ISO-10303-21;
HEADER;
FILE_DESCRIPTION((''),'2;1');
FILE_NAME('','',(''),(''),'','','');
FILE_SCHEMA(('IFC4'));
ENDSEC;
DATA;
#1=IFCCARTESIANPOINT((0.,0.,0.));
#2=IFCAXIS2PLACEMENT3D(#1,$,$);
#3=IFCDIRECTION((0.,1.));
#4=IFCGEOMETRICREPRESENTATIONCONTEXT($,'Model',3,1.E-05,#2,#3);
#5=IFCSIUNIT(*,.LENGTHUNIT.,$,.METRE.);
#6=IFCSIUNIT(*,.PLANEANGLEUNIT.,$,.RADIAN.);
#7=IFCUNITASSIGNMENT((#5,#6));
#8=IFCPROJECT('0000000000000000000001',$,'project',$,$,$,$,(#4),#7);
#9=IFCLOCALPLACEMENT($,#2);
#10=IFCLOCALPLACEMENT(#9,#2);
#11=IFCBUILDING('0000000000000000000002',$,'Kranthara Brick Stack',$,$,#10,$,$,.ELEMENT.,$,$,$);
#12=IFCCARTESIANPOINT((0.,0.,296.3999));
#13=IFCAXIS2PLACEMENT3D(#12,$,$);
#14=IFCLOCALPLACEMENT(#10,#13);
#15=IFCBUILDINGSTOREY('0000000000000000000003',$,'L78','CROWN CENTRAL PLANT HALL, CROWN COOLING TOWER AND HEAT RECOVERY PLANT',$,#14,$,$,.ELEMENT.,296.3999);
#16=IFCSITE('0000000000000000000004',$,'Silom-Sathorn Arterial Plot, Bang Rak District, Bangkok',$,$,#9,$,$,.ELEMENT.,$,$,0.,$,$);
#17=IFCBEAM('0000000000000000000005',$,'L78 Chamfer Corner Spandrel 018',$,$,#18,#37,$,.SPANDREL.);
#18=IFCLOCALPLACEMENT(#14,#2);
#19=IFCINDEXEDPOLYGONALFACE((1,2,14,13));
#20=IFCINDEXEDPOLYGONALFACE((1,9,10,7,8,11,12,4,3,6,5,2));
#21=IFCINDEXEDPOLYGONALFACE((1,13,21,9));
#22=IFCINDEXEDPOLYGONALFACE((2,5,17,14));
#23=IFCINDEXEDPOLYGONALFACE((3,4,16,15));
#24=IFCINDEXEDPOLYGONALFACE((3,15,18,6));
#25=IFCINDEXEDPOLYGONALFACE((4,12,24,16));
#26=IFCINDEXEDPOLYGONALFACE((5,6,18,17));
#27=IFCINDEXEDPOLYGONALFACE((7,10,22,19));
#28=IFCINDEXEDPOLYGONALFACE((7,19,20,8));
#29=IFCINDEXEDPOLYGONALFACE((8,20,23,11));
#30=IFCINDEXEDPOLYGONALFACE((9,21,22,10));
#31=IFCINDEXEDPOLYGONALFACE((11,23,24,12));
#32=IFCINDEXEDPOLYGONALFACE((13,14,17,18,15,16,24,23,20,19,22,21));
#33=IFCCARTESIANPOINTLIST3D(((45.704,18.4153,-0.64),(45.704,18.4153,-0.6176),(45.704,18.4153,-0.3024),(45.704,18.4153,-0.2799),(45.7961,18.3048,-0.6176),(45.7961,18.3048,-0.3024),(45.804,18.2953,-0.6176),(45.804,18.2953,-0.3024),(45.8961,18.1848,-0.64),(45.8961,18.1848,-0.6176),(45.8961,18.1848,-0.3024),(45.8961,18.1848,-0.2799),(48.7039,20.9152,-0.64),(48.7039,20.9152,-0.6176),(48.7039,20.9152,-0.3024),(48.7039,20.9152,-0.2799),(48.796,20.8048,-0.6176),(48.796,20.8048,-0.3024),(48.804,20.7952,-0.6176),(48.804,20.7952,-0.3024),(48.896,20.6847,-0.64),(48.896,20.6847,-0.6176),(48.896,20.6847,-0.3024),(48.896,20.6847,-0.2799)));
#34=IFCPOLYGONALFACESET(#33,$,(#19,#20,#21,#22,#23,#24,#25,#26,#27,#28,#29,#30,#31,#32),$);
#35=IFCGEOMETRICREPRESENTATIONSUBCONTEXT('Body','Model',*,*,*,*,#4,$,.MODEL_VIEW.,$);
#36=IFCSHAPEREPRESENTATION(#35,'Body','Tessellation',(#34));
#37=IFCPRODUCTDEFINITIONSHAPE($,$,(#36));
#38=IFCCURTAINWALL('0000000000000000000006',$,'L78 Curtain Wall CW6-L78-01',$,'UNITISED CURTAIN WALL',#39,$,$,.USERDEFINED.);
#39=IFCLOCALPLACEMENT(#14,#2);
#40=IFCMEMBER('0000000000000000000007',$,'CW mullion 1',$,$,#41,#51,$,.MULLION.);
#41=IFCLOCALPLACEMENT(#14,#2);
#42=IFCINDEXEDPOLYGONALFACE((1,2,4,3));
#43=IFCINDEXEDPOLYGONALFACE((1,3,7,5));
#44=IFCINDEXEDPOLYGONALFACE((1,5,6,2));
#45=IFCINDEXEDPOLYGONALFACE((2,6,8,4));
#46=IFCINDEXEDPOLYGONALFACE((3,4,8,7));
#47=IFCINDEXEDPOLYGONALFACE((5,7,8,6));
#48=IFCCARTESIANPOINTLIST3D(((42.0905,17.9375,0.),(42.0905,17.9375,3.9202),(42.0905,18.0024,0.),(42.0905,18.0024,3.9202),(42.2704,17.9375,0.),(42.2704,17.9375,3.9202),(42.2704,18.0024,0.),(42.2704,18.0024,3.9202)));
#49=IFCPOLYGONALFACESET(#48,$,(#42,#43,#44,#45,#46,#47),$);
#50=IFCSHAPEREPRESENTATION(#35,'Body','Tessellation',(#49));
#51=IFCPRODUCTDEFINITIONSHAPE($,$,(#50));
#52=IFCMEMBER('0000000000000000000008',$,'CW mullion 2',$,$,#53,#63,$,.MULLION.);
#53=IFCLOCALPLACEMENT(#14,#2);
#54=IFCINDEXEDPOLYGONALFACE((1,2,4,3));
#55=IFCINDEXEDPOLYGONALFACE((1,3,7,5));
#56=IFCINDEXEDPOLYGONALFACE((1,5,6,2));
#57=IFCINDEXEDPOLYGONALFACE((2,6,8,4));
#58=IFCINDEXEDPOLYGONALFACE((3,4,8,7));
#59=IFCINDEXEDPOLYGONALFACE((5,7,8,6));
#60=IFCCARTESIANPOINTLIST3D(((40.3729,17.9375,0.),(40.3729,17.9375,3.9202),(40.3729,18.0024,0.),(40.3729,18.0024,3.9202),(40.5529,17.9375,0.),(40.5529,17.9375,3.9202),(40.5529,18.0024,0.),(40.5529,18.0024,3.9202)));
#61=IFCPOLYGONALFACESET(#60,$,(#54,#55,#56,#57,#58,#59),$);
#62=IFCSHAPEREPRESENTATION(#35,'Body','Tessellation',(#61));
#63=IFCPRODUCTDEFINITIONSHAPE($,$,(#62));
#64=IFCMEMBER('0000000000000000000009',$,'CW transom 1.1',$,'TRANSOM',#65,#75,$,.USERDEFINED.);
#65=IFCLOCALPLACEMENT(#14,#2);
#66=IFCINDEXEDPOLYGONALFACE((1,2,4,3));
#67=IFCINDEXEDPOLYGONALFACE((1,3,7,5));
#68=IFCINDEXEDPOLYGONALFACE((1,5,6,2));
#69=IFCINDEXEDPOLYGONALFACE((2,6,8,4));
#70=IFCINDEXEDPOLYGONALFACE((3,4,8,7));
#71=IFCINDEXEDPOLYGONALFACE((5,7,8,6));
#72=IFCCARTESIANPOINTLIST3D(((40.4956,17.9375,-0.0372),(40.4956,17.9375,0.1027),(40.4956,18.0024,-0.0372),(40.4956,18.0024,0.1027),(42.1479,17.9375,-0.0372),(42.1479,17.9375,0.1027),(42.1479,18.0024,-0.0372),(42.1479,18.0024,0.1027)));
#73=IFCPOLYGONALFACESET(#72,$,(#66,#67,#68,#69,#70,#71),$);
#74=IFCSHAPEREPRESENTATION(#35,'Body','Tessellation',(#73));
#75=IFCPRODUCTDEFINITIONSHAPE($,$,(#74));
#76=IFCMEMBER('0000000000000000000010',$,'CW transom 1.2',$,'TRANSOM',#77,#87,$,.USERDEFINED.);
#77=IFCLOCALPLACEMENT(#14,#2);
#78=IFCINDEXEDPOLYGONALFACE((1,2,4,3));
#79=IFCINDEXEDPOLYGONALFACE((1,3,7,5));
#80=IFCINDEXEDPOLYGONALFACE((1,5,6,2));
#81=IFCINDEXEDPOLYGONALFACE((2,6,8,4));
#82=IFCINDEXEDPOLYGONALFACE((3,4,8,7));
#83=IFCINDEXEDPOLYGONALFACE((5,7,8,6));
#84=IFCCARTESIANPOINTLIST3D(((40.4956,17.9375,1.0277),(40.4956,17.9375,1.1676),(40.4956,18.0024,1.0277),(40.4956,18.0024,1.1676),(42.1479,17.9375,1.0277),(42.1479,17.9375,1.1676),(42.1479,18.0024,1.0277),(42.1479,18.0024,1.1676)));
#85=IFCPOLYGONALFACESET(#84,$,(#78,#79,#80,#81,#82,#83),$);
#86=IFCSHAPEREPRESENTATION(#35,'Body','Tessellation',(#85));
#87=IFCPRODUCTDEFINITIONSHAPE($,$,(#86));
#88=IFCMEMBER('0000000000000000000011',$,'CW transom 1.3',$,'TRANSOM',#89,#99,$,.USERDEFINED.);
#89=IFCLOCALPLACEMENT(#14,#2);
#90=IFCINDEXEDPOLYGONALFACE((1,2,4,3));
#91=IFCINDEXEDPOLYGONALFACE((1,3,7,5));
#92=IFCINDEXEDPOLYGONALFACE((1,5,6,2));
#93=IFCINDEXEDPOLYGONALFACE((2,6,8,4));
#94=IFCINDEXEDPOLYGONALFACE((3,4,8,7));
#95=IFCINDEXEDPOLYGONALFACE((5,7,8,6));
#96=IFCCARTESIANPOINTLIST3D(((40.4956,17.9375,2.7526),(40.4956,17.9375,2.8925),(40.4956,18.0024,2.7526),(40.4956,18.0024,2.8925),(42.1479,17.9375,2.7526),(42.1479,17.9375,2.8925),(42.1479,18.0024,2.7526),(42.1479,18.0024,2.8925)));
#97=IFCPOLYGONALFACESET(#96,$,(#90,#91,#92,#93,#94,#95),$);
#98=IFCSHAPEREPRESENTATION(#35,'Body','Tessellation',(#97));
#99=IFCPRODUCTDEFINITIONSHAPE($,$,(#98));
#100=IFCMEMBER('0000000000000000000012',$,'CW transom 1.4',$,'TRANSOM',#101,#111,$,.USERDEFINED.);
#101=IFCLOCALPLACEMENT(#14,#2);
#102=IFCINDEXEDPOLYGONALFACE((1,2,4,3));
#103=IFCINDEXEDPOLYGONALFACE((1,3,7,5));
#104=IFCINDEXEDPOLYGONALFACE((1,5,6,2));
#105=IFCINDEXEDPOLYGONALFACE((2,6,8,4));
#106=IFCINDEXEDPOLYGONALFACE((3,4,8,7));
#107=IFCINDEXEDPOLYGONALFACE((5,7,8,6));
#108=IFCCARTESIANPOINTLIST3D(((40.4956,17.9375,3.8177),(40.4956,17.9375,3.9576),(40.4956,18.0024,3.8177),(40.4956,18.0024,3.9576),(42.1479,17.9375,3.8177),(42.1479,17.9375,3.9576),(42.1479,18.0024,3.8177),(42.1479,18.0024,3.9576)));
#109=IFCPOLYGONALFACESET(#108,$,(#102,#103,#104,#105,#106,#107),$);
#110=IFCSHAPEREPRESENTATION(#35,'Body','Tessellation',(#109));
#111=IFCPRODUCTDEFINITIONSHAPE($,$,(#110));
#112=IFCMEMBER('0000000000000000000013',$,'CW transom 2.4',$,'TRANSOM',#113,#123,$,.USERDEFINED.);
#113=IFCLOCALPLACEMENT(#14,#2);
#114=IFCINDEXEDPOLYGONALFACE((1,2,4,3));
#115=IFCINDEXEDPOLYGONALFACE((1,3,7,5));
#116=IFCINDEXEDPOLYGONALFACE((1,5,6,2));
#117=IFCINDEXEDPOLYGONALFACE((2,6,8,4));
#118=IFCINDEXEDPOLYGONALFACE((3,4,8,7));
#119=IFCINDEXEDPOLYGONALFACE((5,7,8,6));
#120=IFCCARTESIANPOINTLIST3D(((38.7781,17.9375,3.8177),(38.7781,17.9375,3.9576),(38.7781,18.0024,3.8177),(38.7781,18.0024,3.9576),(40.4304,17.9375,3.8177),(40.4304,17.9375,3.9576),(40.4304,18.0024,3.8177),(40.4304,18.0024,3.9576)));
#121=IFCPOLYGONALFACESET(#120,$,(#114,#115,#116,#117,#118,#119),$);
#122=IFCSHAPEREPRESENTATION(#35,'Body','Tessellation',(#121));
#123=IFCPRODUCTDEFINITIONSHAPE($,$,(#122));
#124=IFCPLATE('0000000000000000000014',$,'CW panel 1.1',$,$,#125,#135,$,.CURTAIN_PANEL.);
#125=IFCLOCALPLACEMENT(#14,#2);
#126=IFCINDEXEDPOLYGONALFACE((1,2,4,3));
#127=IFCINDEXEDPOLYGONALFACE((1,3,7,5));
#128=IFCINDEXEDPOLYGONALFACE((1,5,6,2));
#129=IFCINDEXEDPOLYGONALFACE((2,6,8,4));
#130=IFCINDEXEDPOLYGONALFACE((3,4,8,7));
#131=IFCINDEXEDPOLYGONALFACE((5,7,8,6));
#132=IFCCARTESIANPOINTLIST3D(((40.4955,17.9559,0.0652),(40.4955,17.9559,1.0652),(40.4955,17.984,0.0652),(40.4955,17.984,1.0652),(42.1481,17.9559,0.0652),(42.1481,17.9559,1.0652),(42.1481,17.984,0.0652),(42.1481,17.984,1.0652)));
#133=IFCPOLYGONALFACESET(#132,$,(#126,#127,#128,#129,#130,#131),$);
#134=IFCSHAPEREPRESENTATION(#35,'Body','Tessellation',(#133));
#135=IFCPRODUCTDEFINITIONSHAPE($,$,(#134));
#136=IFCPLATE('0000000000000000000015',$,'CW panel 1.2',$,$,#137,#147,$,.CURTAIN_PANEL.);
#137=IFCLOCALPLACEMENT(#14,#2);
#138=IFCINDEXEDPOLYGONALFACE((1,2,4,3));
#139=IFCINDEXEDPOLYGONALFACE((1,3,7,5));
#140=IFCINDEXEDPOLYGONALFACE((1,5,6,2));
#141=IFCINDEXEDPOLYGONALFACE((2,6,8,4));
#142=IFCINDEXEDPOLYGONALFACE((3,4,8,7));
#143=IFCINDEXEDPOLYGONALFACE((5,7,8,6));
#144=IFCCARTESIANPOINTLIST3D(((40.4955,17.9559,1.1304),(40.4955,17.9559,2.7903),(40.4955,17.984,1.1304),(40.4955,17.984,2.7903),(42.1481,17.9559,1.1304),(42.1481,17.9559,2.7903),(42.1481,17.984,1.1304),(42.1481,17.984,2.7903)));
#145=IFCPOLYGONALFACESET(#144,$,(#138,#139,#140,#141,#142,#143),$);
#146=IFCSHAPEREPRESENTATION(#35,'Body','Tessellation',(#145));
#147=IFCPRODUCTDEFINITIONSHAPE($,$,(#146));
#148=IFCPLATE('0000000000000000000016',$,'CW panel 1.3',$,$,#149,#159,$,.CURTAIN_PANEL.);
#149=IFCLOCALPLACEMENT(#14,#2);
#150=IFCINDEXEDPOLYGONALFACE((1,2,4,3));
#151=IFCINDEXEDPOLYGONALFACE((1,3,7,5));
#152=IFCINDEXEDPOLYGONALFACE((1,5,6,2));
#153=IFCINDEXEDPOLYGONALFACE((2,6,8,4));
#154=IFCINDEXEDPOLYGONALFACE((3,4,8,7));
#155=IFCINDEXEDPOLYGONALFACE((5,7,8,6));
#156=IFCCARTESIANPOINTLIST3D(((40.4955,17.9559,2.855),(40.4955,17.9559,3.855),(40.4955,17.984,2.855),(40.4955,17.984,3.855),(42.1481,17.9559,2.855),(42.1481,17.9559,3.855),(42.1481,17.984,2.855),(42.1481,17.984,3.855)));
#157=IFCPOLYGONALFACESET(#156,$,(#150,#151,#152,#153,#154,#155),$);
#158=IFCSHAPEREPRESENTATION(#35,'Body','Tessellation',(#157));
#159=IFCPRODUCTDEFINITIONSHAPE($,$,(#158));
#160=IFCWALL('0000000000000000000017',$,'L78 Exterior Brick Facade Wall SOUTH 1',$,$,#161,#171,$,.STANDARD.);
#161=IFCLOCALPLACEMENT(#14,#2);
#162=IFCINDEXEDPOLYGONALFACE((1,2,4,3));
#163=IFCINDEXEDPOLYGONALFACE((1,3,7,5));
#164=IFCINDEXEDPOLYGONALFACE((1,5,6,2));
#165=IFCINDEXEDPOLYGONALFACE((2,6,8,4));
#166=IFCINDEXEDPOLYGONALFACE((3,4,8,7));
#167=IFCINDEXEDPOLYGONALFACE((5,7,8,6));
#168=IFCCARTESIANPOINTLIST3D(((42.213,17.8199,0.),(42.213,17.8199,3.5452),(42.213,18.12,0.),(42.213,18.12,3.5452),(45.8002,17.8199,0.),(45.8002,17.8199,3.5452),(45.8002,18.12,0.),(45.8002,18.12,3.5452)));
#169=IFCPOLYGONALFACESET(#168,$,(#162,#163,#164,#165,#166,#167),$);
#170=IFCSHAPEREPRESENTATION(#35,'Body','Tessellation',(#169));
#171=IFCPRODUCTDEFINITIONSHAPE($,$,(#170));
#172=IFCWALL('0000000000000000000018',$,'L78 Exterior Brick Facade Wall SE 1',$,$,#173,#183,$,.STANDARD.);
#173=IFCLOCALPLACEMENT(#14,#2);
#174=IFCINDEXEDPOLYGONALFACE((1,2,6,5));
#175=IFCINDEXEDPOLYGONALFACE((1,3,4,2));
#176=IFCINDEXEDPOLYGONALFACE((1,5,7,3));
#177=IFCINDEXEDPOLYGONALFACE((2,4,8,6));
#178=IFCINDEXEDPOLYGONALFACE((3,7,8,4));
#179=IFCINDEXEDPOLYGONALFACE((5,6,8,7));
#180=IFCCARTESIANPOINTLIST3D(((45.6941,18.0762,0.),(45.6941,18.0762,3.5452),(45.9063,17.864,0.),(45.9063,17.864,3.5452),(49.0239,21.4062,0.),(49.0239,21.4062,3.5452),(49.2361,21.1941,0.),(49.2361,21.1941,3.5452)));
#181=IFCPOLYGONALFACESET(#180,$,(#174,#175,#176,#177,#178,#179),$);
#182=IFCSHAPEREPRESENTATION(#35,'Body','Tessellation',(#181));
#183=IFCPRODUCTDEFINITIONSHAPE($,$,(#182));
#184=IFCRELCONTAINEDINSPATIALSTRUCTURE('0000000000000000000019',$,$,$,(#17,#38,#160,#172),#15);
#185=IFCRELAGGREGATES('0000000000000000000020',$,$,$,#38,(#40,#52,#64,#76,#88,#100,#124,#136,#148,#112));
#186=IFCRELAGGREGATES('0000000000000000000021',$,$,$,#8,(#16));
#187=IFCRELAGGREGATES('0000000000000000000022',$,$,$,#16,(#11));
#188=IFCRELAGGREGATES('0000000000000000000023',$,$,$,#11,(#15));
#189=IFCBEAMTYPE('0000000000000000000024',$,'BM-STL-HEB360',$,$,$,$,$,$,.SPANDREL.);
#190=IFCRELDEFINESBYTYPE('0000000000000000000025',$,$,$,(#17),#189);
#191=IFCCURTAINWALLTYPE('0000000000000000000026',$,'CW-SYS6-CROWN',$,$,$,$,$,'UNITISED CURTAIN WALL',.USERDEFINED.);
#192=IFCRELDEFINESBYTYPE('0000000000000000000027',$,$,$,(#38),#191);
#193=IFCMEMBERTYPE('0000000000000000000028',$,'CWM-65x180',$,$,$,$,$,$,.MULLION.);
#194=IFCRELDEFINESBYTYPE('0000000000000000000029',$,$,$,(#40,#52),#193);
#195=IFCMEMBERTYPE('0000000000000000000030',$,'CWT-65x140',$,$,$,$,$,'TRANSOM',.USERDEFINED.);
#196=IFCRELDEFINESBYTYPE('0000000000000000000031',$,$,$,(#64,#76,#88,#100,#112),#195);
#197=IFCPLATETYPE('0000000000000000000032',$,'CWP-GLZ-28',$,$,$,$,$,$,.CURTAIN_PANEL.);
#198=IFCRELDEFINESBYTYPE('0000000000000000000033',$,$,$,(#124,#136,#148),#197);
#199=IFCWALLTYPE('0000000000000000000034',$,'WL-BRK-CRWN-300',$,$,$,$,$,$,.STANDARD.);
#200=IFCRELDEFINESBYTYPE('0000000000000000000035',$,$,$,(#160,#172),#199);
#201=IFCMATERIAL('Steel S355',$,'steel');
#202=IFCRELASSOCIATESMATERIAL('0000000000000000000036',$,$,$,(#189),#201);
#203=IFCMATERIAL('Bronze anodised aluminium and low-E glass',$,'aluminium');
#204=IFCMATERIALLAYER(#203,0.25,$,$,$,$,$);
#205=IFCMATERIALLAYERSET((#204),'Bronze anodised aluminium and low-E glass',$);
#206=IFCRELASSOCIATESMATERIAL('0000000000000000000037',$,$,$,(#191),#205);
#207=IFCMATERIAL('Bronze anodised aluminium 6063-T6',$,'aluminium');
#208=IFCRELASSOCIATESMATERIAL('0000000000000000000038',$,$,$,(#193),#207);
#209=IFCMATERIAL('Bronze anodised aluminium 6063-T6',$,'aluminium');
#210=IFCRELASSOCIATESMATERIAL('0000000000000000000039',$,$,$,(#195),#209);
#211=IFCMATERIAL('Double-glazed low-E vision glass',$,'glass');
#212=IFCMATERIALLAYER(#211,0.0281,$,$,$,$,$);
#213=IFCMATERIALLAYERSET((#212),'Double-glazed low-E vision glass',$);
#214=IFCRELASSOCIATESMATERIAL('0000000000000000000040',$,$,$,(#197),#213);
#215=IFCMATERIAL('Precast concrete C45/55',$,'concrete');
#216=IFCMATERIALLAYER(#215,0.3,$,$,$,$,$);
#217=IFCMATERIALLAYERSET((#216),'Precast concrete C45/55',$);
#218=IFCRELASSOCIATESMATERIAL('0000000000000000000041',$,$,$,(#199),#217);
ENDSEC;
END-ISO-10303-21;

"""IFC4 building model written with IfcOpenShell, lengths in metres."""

from ifc_helpers import new_model, si_unit, direction, frame, frame_2d, origin, origin_2d, place, context, subcontext, project, spatial, rectangle, i_section, extrude, material, layer, layer_set, material_profile, profile_set, type_object, element, aggregate, save


model = new_model("IFC4")

# Units and contexts
model_context = context("Model", 3, precision=1e-05, world=origin(), true_north=direction((0.0, 1.0)))
body_context = subcontext(model_context, "Body", "Model", "MODEL_VIEW")
ifc_project = project(units=[si_unit("LENGTHUNIT", "METRE"), si_unit("PLANEANGLEUNIT", "RADIAN")], contexts=[model_context])

# Site, building, storey
site_placement = place(None, origin())
site = spatial("IfcSite", under=ifc_project, at=site_placement, Name="Silom-Sathorn Arterial Plot, Bang Rak District, Bangkok", CompositionType="ELEMENT", RefElevation=0.0)
building_placement = place(site_placement, origin())
building = spatial("IfcBuilding", under=site, at=building_placement, Name="Kranthara Brick Stack", CompositionType="ELEMENT")
storey_placement = place(building_placement, frame((0.0, 0.0, 296.3999)))
storey = spatial("IfcBuildingStorey", under=building, at=storey_placement, Name="L78", Description="CROWN CENTRAL PLANT HALL, CROWN COOLING TOWER AND HEAT RECOVERY PLANT", CompositionType="ELEMENT", Elevation=296.3999)

# Beam
ifc_material_1 = material(Name="Steel S355", Category="steel")
ifc_material_profile_1 = material_profile(ifc_material_1, i_section(OverallWidth=0.3, OverallDepth=0.3601, WebThickness=0.0125, FlangeThickness=0.0225, at=origin_2d()), Name="HEB 360")
ifc_profile_set_1 = profile_set([ifc_material_profile_1], Name="Steel S355")
beam_type_1 = type_object("IfcBeamType", Name="BM-STL-HEB360", PredefinedType="SPANDREL", material=ifc_profile_set_1)
beam_1_placement = place(storey_placement, frame((45.8, 18.3, -0.46), z_axis=(0.768221, 0.640184, 0.0), x_axis=(-0.640184, 0.768221, 0.0)))
element("IfcBeam", 1, at=beam_1_placement, inside=storey, type_object=beam_type_1, Name="L78 Chamfer Corner Spandrel 018", PredefinedType="SPANDREL", context=body_context, shape_type="SweptSolid", body=[
    extrude(i_section(OverallWidth=0.3, OverallDepth=0.3601, WebThickness=0.0125, FlangeThickness=0.0225, at=origin_2d()), origin(), (0.0, 0.0, 1.0), 3.905),
])

# Curtain wall, members, plates
ifc_material_2 = material(Name="Bronze anodised aluminium and low-E glass", Category="aluminium")
ifc_layer_1 = layer(ifc_material_2, 0.25)
ifc_layer_set_1 = layer_set([ifc_layer_1], Name="Bronze anodised aluminium and low-E glass")
curtain_wall_type = type_object("IfcCurtainWallType", Name="CW-SYS6-CROWN", ElementType="UNITISED CURTAIN WALL", PredefinedType="USERDEFINED", material=ifc_layer_set_1)
curtain_wall_placement = place(storey_placement, origin())
curtain_wall = element("IfcCurtainWall", 2, at=curtain_wall_placement, inside=storey, type_object=curtain_wall_type, Name="L78 Curtain Wall CW6-L78-01", ObjectType="UNITISED CURTAIN WALL", PredefinedType="USERDEFINED")
ifc_material_3 = material(Name="Bronze anodised aluminium 6063-T6", Category="aluminium")
ifc_material_profile_2 = material_profile(ifc_material_3, rectangle(XDim=0.0649, YDim=0.1799, at=origin_2d()), Name="ALU MULLION 65x180")
ifc_profile_set_2 = profile_set([ifc_material_profile_2], Name="Bronze anodised aluminium 6063-T6")
member_type_1 = type_object("IfcMemberType", Name="CWM-65x180", PredefinedType="MULLION", material=ifc_profile_set_2)
member_1_placement = place(storey_placement, frame((42.1804, 17.97, 0.0), z_axis=(0.0, 0.0, 1.0), x_axis=(0.0, -1.0, 0.0)))
member_1 = element("IfcMember", 3, at=member_1_placement, type_object=member_type_1, Name="CW mullion 1", PredefinedType="MULLION", context=body_context, shape_type="SweptSolid", body=[
    extrude(rectangle(XDim=0.0649, YDim=0.1799, at=origin_2d()), origin(), (0.0, 0.0, 1.0), 3.9202),
])
member_2_placement = place(storey_placement, frame((40.4629, 17.97, 0.0), z_axis=(0.0, 0.0, 1.0), x_axis=(0.0, -1.0, 0.0)))
member_2 = element("IfcMember", 4, at=member_2_placement, type_object=member_type_1, Name="CW mullion 2", PredefinedType="MULLION", context=body_context, shape_type="SweptSolid", body=[
    extrude(rectangle(XDim=0.0649, YDim=0.1799, at=origin_2d()), origin(), (0.0, 0.0, 1.0), 3.9202),
])
ifc_material_4 = material(Name="Bronze anodised aluminium 6063-T6", Category="aluminium")
ifc_material_profile_3 = material_profile(ifc_material_4, rectangle(XDim=0.0649, YDim=0.1399, at=origin_2d()), Name="ALU TRANSOM 65x140")
ifc_profile_set_3 = profile_set([ifc_material_profile_3], Name="Bronze anodised aluminium 6063-T6")
member_type_2 = type_object("IfcMemberType", Name="CWT-65x140", ElementType="TRANSOM", PredefinedType="USERDEFINED", material=ifc_profile_set_3)
member_3_placement = place(storey_placement, frame((42.1479, 17.97, 0.0327), z_axis=(-1.0, 0.0, 0.0), x_axis=(0.0, -1.0, 0.0)))
member_3 = element("IfcMember", 5, at=member_3_placement, type_object=member_type_2, Name="CW transom 1.1", ObjectType="TRANSOM", PredefinedType="USERDEFINED", context=body_context, shape_type="SweptSolid", body=[
    extrude(rectangle(XDim=0.0649, YDim=0.1399, at=origin_2d()), origin(), (0.0, 0.0, 1.0), 1.6523),
])
member_4_placement = place(storey_placement, frame((42.1479, 17.97, 1.0977), z_axis=(-1.0, 0.0, 0.0), x_axis=(0.0, -1.0, 0.0)))
member_4 = element("IfcMember", 6, at=member_4_placement, type_object=member_type_2, Name="CW transom 1.2", ObjectType="TRANSOM", PredefinedType="USERDEFINED", context=body_context, shape_type="SweptSolid", body=[
    extrude(rectangle(XDim=0.0649, YDim=0.1399, at=origin_2d()), origin(), (0.0, 0.0, 1.0), 1.6523),
])
member_5_placement = place(storey_placement, frame((42.1479, 17.97, 2.8225), z_axis=(-1.0, 0.0, 0.0), x_axis=(0.0, -1.0, 0.0)))
member_5 = element("IfcMember", 7, at=member_5_placement, type_object=member_type_2, Name="CW transom 1.3", ObjectType="TRANSOM", PredefinedType="USERDEFINED", context=body_context, shape_type="SweptSolid", body=[
    extrude(rectangle(XDim=0.0649, YDim=0.1399, at=origin_2d()), origin(), (0.0, 0.0, 1.0), 1.6523),
])
member_6_placement = place(storey_placement, frame((42.1479, 17.97, 3.8877), z_axis=(-1.0, 0.0, 0.0), x_axis=(0.0, -1.0, 0.0)))
member_6 = element("IfcMember", 8, at=member_6_placement, type_object=member_type_2, Name="CW transom 1.4", ObjectType="TRANSOM", PredefinedType="USERDEFINED", context=body_context, shape_type="SweptSolid", body=[
    extrude(rectangle(XDim=0.0649, YDim=0.1399, at=origin_2d()), origin(), (0.0, 0.0, 1.0), 1.6523),
])
member_7_placement = place(storey_placement, frame((40.4304, 17.97, 3.8877), z_axis=(-1.0, 0.0, 0.0), x_axis=(0.0, -1.0, 0.0)))
member_7 = element("IfcMember", 9, at=member_7_placement, type_object=member_type_2, Name="CW transom 2.4", ObjectType="TRANSOM", PredefinedType="USERDEFINED", context=body_context, shape_type="SweptSolid", body=[
    extrude(rectangle(XDim=0.0649, YDim=0.1399, at=origin_2d()), origin(), (0.0, 0.0, 1.0), 1.6523),
])
ifc_material_5 = material(Name="Double-glazed low-E vision glass", Category="glass")
ifc_layer_2 = layer(ifc_material_5, 0.0281)
ifc_layer_set_2 = layer_set([ifc_layer_2], Name="Double-glazed low-E vision glass")
plate_type = type_object("IfcPlateType", Name="CWP-GLZ-28", PredefinedType="CURTAIN_PANEL", material=ifc_layer_set_2)
plate_1_placement = place(storey_placement, frame((41.3218, 17.97, 0.0652), z_axis=(0.0, 0.0, 1.0), x_axis=(-1.0, 0.0, 0.0)))
plate_1 = element("IfcPlate", 10, at=plate_1_placement, type_object=plate_type, Name="CW panel 1.1", PredefinedType="CURTAIN_PANEL", context=body_context, shape_type="SweptSolid", body=[
    extrude(rectangle(XDim=1.6526, YDim=0.0281, at=origin_2d()), origin(), (0.0, 0.0, 1.0), 1.0),
])
plate_2_placement = place(storey_placement, frame((41.3218, 17.97, 1.1304), z_axis=(0.0, 0.0, 1.0), x_axis=(-1.0, 0.0, 0.0)))
plate_2 = element("IfcPlate", 11, at=plate_2_placement, type_object=plate_type, Name="CW panel 1.2", PredefinedType="CURTAIN_PANEL", context=body_context, shape_type="SweptSolid", body=[
    extrude(rectangle(XDim=1.6526, YDim=0.0281, at=origin_2d()), origin(), (0.0, 0.0, 1.0), 1.6599),
])
plate_3_placement = place(storey_placement, frame((41.3218, 17.97, 2.855), z_axis=(0.0, 0.0, 1.0), x_axis=(-1.0, 0.0, 0.0)))
plate_3 = element("IfcPlate", 12, at=plate_3_placement, type_object=plate_type, Name="CW panel 1.3", PredefinedType="CURTAIN_PANEL", context=body_context, shape_type="SweptSolid", body=[
    extrude(rectangle(XDim=1.6526, YDim=0.0281, at=origin_2d()), origin(), (0.0, 0.0, 1.0), 1.0),
])
aggregate(curtain_wall, [member_1, member_2, member_3, member_4, member_5, member_6, plate_1, plate_2, plate_3, member_7])

# Walls
ifc_material_6 = material(Name="Precast concrete C45/55", Category="concrete")
ifc_layer_3 = layer(ifc_material_6, 0.3)
ifc_layer_set_3 = layer_set([ifc_layer_3], Name="Precast concrete C45/55")
wall_type_1 = type_object("IfcWallType", Name="WL-BRK-CRWN-300", PredefinedType="STANDARD", material=ifc_layer_set_3)
wall_1_placement = place(storey_placement, frame((45.8, 17.97, 0.0), z_axis=(0.0, 0.0, 1.0), x_axis=(-1.0, 0.0, 0.0)))
element("IfcWall", 13, at=wall_1_placement, inside=storey, type_object=wall_type_1, Name="L78 Exterior Brick Facade Wall SOUTH 1", PredefinedType="STANDARD", context=body_context, shape_type="SweptSolid", body=[
    extrude(rectangle(XDim=3.5872, YDim=0.3, at=frame_2d((1.7935, 0.0))), origin(), (0.0, 0.0, 1.0), 3.5452),
])
wall_2_placement = place(storey_placement, frame((49.1299, 21.3, 0.0), z_axis=(0.0, 0.0, 1.0), x_axis=(-0.707081, -0.707133, 0.0)))
element("IfcWall", 14, at=wall_2_placement, inside=storey, type_object=wall_type_1, Name="L78 Exterior Brick Facade Wall SE 1", PredefinedType="STANDARD", context=body_context, shape_type="SweptSolid", body=[
    extrude(rectangle(XDim=4.7092, YDim=0.3, at=frame_2d((2.3545, 0.0))), origin(), (0.0, 0.0, 1.0), 3.5452),
])

save(model, "model.ifc")
